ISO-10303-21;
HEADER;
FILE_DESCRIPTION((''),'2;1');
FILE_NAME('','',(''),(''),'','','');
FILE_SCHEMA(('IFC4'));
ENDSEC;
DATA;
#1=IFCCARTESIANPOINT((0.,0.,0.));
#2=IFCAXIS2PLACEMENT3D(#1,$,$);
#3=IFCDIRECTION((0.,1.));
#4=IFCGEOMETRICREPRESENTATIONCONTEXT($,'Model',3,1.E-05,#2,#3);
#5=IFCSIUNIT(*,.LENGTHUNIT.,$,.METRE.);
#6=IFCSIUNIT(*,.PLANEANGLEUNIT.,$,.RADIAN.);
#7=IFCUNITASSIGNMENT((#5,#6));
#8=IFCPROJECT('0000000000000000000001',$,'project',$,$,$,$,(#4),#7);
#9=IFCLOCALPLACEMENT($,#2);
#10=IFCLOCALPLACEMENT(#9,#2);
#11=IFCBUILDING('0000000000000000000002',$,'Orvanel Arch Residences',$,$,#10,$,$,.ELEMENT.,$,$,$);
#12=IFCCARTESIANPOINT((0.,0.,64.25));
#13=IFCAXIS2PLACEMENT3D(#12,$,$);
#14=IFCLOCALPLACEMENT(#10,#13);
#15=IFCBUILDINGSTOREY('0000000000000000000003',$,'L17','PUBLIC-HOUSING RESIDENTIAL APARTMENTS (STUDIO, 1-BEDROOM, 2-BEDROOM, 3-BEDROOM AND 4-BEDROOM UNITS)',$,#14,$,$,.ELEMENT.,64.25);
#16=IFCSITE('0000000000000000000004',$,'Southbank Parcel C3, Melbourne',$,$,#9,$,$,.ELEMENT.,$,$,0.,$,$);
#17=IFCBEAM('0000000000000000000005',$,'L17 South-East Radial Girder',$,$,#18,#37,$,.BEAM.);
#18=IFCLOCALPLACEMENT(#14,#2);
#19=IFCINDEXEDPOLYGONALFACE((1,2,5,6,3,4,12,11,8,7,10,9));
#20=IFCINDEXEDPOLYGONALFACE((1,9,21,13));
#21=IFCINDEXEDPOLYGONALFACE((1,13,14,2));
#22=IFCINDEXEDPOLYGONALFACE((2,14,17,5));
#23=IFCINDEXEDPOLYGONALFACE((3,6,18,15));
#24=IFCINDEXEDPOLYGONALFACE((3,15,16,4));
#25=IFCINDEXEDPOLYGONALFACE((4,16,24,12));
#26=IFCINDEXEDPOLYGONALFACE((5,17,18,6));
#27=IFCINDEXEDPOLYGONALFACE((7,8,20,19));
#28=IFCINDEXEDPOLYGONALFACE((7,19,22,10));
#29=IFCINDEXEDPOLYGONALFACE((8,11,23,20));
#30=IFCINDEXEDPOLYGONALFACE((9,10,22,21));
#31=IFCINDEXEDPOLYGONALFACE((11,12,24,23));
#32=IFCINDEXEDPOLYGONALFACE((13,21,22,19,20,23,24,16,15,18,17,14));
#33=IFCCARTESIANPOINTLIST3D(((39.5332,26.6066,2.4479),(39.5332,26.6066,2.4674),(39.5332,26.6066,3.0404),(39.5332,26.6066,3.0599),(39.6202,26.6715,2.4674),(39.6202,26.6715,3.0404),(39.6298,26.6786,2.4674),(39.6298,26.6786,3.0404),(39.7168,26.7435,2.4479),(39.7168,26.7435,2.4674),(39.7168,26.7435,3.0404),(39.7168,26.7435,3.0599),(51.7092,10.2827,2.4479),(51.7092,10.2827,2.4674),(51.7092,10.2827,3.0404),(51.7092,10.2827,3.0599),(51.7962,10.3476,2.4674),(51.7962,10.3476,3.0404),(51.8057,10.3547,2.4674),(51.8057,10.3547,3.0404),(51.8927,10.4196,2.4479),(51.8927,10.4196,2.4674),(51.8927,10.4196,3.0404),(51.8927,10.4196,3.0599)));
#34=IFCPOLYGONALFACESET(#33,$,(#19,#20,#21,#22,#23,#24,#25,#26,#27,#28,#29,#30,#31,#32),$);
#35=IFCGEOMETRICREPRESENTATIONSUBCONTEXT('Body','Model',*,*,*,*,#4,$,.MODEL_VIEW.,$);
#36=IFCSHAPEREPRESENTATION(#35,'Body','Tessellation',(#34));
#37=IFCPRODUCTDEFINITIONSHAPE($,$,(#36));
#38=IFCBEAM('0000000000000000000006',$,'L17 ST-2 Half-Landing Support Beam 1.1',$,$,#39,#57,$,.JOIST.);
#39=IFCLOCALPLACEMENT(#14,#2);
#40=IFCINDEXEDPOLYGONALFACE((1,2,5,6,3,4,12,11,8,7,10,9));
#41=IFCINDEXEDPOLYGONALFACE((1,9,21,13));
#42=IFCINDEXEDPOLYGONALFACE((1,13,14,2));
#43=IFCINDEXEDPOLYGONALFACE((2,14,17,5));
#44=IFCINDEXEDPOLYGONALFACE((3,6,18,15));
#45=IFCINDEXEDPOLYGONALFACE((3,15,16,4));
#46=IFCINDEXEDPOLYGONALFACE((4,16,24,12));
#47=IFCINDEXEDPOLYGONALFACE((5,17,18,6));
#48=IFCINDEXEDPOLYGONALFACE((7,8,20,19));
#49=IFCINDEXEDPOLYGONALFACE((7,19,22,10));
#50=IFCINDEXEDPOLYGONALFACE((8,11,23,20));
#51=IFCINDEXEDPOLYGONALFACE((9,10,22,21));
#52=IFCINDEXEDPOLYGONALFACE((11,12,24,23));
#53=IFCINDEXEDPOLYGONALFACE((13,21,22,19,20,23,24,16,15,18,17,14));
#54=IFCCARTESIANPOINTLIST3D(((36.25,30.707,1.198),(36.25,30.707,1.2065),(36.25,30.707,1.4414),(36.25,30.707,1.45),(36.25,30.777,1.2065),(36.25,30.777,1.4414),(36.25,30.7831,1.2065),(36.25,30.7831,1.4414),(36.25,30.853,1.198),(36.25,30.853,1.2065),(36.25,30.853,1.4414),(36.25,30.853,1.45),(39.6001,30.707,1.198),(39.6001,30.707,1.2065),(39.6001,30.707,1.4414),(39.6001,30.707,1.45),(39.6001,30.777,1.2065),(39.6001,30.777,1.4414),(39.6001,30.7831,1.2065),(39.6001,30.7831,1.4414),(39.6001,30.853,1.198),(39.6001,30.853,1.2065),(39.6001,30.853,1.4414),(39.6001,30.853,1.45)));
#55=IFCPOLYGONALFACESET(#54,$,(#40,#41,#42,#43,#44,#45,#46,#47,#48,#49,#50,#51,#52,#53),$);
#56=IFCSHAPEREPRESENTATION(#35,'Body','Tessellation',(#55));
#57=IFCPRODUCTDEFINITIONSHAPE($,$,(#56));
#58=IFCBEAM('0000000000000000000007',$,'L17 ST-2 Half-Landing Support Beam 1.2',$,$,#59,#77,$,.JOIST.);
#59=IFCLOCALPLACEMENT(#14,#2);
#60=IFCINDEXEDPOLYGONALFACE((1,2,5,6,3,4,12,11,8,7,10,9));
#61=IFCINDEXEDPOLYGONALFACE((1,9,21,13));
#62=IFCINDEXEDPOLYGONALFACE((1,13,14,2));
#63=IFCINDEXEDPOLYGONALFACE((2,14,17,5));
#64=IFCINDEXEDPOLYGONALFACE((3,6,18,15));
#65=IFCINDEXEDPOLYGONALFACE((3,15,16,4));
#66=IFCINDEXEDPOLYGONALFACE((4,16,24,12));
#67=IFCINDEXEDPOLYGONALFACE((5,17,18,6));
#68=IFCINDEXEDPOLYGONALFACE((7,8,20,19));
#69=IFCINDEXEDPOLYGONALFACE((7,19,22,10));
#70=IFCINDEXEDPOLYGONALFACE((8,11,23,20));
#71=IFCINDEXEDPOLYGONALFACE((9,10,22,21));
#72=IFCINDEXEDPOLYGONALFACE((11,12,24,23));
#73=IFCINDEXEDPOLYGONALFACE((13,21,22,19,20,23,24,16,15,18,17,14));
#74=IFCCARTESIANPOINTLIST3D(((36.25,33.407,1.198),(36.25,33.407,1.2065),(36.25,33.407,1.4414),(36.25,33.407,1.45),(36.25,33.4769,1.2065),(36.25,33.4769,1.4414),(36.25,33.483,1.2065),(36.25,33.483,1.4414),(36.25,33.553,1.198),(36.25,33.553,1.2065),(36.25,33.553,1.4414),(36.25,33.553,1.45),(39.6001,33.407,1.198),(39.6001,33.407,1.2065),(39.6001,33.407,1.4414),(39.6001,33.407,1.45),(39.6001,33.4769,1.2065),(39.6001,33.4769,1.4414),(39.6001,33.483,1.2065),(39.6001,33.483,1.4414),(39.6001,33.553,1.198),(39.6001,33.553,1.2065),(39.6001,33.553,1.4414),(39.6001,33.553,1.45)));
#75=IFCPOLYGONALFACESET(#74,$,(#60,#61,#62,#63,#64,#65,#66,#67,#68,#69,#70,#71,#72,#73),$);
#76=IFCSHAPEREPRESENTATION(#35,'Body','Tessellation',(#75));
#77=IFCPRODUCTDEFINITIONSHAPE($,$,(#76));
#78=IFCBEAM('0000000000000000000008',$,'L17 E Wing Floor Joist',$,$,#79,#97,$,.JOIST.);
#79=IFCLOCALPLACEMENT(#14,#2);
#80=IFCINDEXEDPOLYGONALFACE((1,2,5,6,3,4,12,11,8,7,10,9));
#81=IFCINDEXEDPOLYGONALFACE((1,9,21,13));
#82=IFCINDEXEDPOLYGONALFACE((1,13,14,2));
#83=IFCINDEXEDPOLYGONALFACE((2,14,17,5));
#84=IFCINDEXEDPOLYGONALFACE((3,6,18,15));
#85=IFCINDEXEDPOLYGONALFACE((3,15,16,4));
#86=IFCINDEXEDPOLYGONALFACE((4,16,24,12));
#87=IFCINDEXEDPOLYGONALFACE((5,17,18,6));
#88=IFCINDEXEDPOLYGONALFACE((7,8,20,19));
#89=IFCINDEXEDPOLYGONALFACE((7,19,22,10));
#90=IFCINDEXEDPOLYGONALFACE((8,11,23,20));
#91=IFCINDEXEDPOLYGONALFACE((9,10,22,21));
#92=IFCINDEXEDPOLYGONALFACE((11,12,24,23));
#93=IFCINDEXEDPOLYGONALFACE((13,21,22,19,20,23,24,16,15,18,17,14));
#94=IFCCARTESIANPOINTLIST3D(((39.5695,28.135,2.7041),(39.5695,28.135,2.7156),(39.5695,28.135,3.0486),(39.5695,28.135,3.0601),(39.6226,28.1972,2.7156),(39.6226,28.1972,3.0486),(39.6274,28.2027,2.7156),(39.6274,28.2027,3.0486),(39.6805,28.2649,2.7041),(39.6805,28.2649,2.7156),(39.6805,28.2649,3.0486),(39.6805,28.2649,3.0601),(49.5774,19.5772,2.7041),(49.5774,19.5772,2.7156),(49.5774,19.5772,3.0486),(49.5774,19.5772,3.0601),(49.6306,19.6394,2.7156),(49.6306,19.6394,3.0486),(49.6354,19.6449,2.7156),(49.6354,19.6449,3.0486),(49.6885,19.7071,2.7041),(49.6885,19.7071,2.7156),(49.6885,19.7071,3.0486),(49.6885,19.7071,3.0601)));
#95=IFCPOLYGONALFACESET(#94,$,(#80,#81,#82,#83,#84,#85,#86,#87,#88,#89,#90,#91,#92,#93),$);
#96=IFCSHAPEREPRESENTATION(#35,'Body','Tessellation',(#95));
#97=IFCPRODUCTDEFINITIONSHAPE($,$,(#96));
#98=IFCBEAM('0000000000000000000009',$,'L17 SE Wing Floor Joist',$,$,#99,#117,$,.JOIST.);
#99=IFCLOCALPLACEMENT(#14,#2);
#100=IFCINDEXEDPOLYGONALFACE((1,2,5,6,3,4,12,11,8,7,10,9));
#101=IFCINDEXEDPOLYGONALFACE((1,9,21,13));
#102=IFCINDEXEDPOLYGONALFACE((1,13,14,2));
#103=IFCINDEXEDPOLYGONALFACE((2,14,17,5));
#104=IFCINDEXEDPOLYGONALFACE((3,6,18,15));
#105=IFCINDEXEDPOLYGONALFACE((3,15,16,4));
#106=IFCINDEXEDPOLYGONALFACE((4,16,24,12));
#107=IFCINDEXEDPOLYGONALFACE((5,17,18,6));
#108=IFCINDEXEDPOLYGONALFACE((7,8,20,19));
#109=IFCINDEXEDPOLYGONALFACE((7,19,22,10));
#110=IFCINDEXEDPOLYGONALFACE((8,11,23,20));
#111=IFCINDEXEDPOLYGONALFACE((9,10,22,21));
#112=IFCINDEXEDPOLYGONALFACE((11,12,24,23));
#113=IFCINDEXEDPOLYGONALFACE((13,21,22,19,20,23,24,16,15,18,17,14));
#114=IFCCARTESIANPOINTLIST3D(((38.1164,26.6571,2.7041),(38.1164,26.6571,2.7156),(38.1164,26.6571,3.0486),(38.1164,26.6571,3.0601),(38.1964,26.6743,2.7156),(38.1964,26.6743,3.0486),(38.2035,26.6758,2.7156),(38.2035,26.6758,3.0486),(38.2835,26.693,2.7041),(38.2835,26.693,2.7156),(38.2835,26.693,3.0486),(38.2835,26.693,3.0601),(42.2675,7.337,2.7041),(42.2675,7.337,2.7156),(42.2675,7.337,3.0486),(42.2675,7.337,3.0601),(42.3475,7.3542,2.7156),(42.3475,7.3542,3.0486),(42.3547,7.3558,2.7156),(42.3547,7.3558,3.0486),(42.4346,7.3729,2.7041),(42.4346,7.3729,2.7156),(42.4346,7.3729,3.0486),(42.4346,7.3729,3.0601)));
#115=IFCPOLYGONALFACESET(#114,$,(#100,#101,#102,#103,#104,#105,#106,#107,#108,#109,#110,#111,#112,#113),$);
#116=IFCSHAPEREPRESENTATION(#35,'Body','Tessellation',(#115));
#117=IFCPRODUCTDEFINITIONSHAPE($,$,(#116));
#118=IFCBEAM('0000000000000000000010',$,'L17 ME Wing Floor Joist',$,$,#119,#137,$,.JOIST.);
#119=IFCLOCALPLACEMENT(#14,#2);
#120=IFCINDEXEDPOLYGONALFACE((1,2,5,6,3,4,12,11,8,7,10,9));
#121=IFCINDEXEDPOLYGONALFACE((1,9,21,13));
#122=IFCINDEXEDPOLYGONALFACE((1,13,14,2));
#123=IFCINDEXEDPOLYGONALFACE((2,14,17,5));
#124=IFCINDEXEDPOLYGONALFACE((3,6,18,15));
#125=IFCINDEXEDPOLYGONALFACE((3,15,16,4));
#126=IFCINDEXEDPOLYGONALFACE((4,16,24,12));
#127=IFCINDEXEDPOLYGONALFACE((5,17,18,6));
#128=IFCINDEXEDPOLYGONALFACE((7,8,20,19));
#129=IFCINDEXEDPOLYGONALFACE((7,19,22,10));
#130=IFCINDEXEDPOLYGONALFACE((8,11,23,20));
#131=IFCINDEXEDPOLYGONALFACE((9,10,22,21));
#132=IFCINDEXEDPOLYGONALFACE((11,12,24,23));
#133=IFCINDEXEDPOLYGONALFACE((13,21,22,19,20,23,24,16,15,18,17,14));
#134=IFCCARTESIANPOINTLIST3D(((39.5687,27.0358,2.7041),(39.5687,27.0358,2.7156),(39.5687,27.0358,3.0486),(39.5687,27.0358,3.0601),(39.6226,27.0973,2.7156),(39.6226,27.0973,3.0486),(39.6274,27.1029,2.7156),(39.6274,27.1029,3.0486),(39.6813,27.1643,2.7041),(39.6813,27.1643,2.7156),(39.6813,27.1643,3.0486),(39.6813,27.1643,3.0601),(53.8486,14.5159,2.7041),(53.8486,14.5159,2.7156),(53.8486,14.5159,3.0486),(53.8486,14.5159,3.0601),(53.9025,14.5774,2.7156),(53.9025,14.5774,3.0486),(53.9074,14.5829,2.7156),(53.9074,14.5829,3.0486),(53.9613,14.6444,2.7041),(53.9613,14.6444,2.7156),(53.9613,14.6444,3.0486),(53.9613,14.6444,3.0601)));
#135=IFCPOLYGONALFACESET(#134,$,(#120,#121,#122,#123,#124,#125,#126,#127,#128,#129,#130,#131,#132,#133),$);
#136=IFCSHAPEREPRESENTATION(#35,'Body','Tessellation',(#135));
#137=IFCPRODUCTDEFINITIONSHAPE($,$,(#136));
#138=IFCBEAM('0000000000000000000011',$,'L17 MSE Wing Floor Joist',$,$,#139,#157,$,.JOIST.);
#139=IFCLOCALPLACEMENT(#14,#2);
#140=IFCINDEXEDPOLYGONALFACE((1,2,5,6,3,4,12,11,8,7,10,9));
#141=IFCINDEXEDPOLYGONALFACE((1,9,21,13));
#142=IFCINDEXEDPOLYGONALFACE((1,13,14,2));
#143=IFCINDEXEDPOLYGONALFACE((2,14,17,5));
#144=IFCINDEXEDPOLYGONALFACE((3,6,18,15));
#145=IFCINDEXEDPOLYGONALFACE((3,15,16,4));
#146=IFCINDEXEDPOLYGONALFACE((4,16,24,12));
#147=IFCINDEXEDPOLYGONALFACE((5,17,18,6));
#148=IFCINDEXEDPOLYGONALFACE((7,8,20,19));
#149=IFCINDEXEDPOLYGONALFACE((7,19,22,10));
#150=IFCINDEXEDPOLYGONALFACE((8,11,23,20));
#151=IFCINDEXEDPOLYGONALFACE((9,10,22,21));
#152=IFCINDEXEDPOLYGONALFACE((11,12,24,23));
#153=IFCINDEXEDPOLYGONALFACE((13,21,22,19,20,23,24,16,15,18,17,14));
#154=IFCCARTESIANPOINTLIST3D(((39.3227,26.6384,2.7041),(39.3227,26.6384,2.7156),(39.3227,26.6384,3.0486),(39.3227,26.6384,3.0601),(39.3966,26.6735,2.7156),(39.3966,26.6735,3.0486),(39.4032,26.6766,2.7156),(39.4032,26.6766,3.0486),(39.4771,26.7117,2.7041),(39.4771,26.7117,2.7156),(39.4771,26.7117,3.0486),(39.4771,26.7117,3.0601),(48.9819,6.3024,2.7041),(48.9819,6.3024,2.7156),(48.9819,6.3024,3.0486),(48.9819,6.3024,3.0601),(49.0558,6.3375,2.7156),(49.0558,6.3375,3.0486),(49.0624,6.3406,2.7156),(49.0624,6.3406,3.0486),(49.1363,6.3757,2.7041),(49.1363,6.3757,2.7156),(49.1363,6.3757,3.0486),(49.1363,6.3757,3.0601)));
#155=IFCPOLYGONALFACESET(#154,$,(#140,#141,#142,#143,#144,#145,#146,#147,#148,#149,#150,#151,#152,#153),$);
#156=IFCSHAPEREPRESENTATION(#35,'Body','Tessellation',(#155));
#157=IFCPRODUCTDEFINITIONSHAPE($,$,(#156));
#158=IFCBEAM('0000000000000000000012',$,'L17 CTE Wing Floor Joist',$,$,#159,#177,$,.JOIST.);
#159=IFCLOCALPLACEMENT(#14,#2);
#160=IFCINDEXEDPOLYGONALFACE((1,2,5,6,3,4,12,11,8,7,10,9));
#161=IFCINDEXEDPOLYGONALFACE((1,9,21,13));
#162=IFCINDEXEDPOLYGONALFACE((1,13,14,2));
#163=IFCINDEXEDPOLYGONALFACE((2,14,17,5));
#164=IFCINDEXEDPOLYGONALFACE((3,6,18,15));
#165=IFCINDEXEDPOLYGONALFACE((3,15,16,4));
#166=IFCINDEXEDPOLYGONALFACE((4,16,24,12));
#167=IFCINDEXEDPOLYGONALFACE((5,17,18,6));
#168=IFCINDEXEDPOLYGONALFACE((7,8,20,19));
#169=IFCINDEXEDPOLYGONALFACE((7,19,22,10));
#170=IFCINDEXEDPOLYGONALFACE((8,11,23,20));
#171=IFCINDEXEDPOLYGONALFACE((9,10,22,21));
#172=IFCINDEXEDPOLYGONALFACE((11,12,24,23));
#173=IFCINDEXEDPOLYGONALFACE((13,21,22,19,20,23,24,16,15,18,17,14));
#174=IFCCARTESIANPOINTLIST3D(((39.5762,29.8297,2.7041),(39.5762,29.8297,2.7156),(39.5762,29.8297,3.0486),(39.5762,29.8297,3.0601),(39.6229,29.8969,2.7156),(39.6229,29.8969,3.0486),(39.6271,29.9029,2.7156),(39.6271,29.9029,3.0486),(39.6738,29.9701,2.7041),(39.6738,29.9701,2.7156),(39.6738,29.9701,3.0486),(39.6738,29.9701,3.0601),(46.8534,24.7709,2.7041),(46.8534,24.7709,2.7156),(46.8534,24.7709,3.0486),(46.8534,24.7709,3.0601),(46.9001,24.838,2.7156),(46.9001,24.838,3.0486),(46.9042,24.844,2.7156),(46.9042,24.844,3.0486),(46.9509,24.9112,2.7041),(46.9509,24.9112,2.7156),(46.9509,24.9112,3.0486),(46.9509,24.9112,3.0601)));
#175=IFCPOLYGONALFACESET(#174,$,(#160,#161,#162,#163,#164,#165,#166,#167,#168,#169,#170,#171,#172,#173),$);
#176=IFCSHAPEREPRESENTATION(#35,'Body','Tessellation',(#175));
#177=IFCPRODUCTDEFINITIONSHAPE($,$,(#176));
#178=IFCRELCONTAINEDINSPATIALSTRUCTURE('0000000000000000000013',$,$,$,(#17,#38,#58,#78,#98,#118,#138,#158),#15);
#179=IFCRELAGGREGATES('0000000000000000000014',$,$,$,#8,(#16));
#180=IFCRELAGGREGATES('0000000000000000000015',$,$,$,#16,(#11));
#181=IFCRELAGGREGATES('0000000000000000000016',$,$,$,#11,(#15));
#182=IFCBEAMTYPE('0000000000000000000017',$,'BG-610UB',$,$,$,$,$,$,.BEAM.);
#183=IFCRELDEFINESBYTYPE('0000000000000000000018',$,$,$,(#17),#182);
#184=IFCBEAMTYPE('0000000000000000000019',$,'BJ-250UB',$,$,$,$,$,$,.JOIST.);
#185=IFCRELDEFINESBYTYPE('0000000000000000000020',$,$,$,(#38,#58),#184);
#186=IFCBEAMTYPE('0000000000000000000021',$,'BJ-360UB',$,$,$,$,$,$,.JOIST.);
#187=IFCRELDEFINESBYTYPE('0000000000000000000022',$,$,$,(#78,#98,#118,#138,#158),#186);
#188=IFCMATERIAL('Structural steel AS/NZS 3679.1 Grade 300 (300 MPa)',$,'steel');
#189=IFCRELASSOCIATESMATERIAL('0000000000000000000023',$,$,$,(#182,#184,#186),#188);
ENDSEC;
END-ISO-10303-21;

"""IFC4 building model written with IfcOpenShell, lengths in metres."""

from ifc_helpers import new_model, si_unit, direction, frame, origin, origin_2d, place, context, subcontext, project, spatial, i_section, extrude, material, material_profile, profile_set, type_object, element, save


model = new_model("IFC4")

# Units and contexts
model_context = context("Model", 3, precision=1e-05, world=origin(), true_north=direction((0.0, 1.0)))
body_context = subcontext(model_context, "Body", "Model", "MODEL_VIEW")
ifc_project = project(units=[si_unit("LENGTHUNIT", "METRE"), si_unit("PLANEANGLEUNIT", "RADIAN")], contexts=[model_context])

# Site, building, storey
site_placement = place(None, origin())
site = spatial("IfcSite", under=ifc_project, at=site_placement, Name="Southbank Parcel C3, Melbourne", CompositionType="ELEMENT", RefElevation=0.0)
building_placement = place(site_placement, origin())
building = spatial("IfcBuilding", under=site, at=building_placement, Name="Orvanel Arch Residences", CompositionType="ELEMENT")
storey_placement = place(building_placement, frame((0.0, 0.0, 64.25)))
storey = spatial("IfcBuildingStorey", under=building, at=storey_placement, Name="L17", Description="PUBLIC-HOUSING RESIDENTIAL APARTMENTS (STUDIO, 1-BEDROOM, 2-BEDROOM, 3-BEDROOM AND 4-BEDROOM UNITS)", CompositionType="ELEMENT", Elevation=64.25)

# Beams
ifc_material_1 = material(Name="Structural steel AS/NZS 3679.1 Grade 300 (300 MPa)", Category="steel")
ifc_material_profile_1 = material_profile(ifc_material_1, i_section(OverallWidth=0.229, OverallDepth=0.6121, WebThickness=0.012, FlangeThickness=0.0195, at=origin_2d()), Name="610UB125")
ifc_profile_set_1 = profile_set([ifc_material_profile_1], Name="Structural steel AS/NZS 3679.1 Grade 300 (300 MPa)")
beam_type_1 = type_object("IfcBeamType", Name="BG-610UB", PredefinedType="BEAM", material=ifc_profile_set_1)
beam_1_placement = place(storey_placement, frame((39.625, 26.675, 2.7539), z_axis=(0.597894, -0.801575, 0.0), x_axis=(0.801575, 0.597894, 0.0)))
element("IfcBeam", 1, at=beam_1_placement, inside=storey, type_object=beam_type_1, Name="L17 South-East Radial Girder", PredefinedType="BEAM", context=body_context, shape_type="SweptSolid", body=[
    extrude(i_section(OverallWidth=0.229, OverallDepth=0.6121, WebThickness=0.012, FlangeThickness=0.0195, at=origin_2d()), origin(), (0.0, 0.0, 1.0), 20.3647),
])
ifc_material_profile_2 = material_profile(ifc_material_1, i_section(OverallWidth=0.146, OverallDepth=0.252, WebThickness=0.0061, FlangeThickness=0.0085, at=origin_2d()), Name="250UB31.4")
ifc_profile_set_2 = profile_set([ifc_material_profile_2], Name="Structural steel AS/NZS 3679.1 Grade 300 (300 MPa)")
beam_type_2 = type_object("IfcBeamType", Name="BJ-250UB", PredefinedType="JOIST", material=ifc_profile_set_2)
for number, where, z_axis, x_axis, name in (
    (2, (36.25, 30.78, 1.324), (1.0, 0.0, 0.0), (0.0, 1.0, 0.0), "L17 ST-2 Half-Landing Support Beam 1.1"),
    (3, (36.25, 33.48, 1.324), (1.0, 0.0, 0.0), (0.0, 1.0, 0.0), "L17 ST-2 Half-Landing Support Beam 1.2"),
):
    element("IfcBeam", number, at=place(storey_placement, frame(where, z_axis=z_axis, x_axis=x_axis)), inside=storey, type_object=beam_type_2, Name=name, PredefinedType="JOIST", context=body_context, shape_type="SweptSolid", body=[
        extrude(i_section(OverallWidth=0.146, OverallDepth=0.252, WebThickness=0.0061, FlangeThickness=0.0085, at=origin_2d()), origin(), (0.0, 0.0, 1.0), 3.3501),
    ])
ifc_material_profile_3 = material_profile(ifc_material_1, i_section(OverallWidth=0.1709, OverallDepth=0.356, WebThickness=0.0073, FlangeThickness=0.0115, at=origin_2d()), Name="360UB50.7")
ifc_profile_set_3 = profile_set([ifc_material_profile_3], Name="Structural steel AS/NZS 3679.1 Grade 300 (300 MPa)")
beam_type_3 = type_object("IfcBeamType", Name="BJ-360UB", PredefinedType="JOIST", material=ifc_profile_set_3)
beam_2_placement = place(storey_placement, frame((39.625, 28.2, 2.8821), z_axis=(0.760024, -0.649895, 0.0), x_axis=(0.649895, 0.760024, 0.0)))
element("IfcBeam", 4, at=beam_2_placement, inside=storey, type_object=beam_type_3, Name="L17 E Wing Floor Joist", PredefinedType="JOIST", context=body_context, shape_type="SweptSolid", body=[
    extrude(i_section(OverallWidth=0.1709, OverallDepth=0.356, WebThickness=0.0073, FlangeThickness=0.0115, at=origin_2d()), origin(), (0.0, 0.0, 1.0), 13.168),
])
beam_3_placement = place(storey_placement, frame((38.2, 26.675, 2.8821), z_axis=(0.210067, -0.977687, 0.0), x_axis=(0.977687, 0.210067, 0.0)))
element("IfcBeam", 5, at=beam_3_placement, inside=storey, type_object=beam_type_3, Name="L17 SE Wing Floor Joist", PredefinedType="JOIST", context=body_context, shape_type="SweptSolid", body=[
    extrude(i_section(OverallWidth=0.1709, OverallDepth=0.356, WebThickness=0.0073, FlangeThickness=0.0115, at=origin_2d()), origin(), (0.0, 0.0, 1.0), 19.761),
])
beam_4_placement = place(storey_placement, frame((39.625, 27.1001, 2.8821), z_axis=(0.751924, -0.65925, 0.0), x_axis=(0.65925, 0.751924, 0.0)))
element("IfcBeam", 6, at=beam_4_placement, inside=storey, type_object=beam_type_3, Name="L17 ME Wing Floor Joist", PredefinedType="JOIST", context=body_context, shape_type="SweptSolid", body=[
    extrude(i_section(OverallWidth=0.1709, OverallDepth=0.356, WebThickness=0.0073, FlangeThickness=0.0115, at=origin_2d()), origin(), (0.0, 0.0, 1.0), 18.9912),
])
beam_5_placement = place(storey_placement, frame((39.3999, 26.675, 2.8821), z_axis=(0.429043, -0.903284, 0.0), x_axis=(0.903284, 0.429043, 0.0)))
element("IfcBeam", 7, at=beam_5_placement, inside=storey, type_object=beam_type_3, Name="L17 MSE Wing Floor Joist", PredefinedType="JOIST", context=body_context, shape_type="SweptSolid", body=[
    extrude(i_section(OverallWidth=0.1709, OverallDepth=0.356, WebThickness=0.0073, FlangeThickness=0.0115, at=origin_2d()), origin(), (0.0, 0.0, 1.0), 22.5134),
])
beam_6_placement = place(storey_placement, frame((39.625, 29.8999, 2.8821), z_axis=(0.82109, -0.570799, 0.0), x_axis=(0.570799, 0.82109, 0.0)))
element("IfcBeam", 8, at=beam_6_placement, inside=storey, type_object=beam_type_3, Name="L17 CTE Wing Floor Joist", PredefinedType="JOIST", context=body_context, shape_type="SweptSolid", body=[
    extrude(i_section(OverallWidth=0.1709, OverallDepth=0.356, WebThickness=0.0073, FlangeThickness=0.0115, at=origin_2d()), origin(), (0.0, 0.0, 1.0), 8.8628),
])

save(model, "model.ifc")
